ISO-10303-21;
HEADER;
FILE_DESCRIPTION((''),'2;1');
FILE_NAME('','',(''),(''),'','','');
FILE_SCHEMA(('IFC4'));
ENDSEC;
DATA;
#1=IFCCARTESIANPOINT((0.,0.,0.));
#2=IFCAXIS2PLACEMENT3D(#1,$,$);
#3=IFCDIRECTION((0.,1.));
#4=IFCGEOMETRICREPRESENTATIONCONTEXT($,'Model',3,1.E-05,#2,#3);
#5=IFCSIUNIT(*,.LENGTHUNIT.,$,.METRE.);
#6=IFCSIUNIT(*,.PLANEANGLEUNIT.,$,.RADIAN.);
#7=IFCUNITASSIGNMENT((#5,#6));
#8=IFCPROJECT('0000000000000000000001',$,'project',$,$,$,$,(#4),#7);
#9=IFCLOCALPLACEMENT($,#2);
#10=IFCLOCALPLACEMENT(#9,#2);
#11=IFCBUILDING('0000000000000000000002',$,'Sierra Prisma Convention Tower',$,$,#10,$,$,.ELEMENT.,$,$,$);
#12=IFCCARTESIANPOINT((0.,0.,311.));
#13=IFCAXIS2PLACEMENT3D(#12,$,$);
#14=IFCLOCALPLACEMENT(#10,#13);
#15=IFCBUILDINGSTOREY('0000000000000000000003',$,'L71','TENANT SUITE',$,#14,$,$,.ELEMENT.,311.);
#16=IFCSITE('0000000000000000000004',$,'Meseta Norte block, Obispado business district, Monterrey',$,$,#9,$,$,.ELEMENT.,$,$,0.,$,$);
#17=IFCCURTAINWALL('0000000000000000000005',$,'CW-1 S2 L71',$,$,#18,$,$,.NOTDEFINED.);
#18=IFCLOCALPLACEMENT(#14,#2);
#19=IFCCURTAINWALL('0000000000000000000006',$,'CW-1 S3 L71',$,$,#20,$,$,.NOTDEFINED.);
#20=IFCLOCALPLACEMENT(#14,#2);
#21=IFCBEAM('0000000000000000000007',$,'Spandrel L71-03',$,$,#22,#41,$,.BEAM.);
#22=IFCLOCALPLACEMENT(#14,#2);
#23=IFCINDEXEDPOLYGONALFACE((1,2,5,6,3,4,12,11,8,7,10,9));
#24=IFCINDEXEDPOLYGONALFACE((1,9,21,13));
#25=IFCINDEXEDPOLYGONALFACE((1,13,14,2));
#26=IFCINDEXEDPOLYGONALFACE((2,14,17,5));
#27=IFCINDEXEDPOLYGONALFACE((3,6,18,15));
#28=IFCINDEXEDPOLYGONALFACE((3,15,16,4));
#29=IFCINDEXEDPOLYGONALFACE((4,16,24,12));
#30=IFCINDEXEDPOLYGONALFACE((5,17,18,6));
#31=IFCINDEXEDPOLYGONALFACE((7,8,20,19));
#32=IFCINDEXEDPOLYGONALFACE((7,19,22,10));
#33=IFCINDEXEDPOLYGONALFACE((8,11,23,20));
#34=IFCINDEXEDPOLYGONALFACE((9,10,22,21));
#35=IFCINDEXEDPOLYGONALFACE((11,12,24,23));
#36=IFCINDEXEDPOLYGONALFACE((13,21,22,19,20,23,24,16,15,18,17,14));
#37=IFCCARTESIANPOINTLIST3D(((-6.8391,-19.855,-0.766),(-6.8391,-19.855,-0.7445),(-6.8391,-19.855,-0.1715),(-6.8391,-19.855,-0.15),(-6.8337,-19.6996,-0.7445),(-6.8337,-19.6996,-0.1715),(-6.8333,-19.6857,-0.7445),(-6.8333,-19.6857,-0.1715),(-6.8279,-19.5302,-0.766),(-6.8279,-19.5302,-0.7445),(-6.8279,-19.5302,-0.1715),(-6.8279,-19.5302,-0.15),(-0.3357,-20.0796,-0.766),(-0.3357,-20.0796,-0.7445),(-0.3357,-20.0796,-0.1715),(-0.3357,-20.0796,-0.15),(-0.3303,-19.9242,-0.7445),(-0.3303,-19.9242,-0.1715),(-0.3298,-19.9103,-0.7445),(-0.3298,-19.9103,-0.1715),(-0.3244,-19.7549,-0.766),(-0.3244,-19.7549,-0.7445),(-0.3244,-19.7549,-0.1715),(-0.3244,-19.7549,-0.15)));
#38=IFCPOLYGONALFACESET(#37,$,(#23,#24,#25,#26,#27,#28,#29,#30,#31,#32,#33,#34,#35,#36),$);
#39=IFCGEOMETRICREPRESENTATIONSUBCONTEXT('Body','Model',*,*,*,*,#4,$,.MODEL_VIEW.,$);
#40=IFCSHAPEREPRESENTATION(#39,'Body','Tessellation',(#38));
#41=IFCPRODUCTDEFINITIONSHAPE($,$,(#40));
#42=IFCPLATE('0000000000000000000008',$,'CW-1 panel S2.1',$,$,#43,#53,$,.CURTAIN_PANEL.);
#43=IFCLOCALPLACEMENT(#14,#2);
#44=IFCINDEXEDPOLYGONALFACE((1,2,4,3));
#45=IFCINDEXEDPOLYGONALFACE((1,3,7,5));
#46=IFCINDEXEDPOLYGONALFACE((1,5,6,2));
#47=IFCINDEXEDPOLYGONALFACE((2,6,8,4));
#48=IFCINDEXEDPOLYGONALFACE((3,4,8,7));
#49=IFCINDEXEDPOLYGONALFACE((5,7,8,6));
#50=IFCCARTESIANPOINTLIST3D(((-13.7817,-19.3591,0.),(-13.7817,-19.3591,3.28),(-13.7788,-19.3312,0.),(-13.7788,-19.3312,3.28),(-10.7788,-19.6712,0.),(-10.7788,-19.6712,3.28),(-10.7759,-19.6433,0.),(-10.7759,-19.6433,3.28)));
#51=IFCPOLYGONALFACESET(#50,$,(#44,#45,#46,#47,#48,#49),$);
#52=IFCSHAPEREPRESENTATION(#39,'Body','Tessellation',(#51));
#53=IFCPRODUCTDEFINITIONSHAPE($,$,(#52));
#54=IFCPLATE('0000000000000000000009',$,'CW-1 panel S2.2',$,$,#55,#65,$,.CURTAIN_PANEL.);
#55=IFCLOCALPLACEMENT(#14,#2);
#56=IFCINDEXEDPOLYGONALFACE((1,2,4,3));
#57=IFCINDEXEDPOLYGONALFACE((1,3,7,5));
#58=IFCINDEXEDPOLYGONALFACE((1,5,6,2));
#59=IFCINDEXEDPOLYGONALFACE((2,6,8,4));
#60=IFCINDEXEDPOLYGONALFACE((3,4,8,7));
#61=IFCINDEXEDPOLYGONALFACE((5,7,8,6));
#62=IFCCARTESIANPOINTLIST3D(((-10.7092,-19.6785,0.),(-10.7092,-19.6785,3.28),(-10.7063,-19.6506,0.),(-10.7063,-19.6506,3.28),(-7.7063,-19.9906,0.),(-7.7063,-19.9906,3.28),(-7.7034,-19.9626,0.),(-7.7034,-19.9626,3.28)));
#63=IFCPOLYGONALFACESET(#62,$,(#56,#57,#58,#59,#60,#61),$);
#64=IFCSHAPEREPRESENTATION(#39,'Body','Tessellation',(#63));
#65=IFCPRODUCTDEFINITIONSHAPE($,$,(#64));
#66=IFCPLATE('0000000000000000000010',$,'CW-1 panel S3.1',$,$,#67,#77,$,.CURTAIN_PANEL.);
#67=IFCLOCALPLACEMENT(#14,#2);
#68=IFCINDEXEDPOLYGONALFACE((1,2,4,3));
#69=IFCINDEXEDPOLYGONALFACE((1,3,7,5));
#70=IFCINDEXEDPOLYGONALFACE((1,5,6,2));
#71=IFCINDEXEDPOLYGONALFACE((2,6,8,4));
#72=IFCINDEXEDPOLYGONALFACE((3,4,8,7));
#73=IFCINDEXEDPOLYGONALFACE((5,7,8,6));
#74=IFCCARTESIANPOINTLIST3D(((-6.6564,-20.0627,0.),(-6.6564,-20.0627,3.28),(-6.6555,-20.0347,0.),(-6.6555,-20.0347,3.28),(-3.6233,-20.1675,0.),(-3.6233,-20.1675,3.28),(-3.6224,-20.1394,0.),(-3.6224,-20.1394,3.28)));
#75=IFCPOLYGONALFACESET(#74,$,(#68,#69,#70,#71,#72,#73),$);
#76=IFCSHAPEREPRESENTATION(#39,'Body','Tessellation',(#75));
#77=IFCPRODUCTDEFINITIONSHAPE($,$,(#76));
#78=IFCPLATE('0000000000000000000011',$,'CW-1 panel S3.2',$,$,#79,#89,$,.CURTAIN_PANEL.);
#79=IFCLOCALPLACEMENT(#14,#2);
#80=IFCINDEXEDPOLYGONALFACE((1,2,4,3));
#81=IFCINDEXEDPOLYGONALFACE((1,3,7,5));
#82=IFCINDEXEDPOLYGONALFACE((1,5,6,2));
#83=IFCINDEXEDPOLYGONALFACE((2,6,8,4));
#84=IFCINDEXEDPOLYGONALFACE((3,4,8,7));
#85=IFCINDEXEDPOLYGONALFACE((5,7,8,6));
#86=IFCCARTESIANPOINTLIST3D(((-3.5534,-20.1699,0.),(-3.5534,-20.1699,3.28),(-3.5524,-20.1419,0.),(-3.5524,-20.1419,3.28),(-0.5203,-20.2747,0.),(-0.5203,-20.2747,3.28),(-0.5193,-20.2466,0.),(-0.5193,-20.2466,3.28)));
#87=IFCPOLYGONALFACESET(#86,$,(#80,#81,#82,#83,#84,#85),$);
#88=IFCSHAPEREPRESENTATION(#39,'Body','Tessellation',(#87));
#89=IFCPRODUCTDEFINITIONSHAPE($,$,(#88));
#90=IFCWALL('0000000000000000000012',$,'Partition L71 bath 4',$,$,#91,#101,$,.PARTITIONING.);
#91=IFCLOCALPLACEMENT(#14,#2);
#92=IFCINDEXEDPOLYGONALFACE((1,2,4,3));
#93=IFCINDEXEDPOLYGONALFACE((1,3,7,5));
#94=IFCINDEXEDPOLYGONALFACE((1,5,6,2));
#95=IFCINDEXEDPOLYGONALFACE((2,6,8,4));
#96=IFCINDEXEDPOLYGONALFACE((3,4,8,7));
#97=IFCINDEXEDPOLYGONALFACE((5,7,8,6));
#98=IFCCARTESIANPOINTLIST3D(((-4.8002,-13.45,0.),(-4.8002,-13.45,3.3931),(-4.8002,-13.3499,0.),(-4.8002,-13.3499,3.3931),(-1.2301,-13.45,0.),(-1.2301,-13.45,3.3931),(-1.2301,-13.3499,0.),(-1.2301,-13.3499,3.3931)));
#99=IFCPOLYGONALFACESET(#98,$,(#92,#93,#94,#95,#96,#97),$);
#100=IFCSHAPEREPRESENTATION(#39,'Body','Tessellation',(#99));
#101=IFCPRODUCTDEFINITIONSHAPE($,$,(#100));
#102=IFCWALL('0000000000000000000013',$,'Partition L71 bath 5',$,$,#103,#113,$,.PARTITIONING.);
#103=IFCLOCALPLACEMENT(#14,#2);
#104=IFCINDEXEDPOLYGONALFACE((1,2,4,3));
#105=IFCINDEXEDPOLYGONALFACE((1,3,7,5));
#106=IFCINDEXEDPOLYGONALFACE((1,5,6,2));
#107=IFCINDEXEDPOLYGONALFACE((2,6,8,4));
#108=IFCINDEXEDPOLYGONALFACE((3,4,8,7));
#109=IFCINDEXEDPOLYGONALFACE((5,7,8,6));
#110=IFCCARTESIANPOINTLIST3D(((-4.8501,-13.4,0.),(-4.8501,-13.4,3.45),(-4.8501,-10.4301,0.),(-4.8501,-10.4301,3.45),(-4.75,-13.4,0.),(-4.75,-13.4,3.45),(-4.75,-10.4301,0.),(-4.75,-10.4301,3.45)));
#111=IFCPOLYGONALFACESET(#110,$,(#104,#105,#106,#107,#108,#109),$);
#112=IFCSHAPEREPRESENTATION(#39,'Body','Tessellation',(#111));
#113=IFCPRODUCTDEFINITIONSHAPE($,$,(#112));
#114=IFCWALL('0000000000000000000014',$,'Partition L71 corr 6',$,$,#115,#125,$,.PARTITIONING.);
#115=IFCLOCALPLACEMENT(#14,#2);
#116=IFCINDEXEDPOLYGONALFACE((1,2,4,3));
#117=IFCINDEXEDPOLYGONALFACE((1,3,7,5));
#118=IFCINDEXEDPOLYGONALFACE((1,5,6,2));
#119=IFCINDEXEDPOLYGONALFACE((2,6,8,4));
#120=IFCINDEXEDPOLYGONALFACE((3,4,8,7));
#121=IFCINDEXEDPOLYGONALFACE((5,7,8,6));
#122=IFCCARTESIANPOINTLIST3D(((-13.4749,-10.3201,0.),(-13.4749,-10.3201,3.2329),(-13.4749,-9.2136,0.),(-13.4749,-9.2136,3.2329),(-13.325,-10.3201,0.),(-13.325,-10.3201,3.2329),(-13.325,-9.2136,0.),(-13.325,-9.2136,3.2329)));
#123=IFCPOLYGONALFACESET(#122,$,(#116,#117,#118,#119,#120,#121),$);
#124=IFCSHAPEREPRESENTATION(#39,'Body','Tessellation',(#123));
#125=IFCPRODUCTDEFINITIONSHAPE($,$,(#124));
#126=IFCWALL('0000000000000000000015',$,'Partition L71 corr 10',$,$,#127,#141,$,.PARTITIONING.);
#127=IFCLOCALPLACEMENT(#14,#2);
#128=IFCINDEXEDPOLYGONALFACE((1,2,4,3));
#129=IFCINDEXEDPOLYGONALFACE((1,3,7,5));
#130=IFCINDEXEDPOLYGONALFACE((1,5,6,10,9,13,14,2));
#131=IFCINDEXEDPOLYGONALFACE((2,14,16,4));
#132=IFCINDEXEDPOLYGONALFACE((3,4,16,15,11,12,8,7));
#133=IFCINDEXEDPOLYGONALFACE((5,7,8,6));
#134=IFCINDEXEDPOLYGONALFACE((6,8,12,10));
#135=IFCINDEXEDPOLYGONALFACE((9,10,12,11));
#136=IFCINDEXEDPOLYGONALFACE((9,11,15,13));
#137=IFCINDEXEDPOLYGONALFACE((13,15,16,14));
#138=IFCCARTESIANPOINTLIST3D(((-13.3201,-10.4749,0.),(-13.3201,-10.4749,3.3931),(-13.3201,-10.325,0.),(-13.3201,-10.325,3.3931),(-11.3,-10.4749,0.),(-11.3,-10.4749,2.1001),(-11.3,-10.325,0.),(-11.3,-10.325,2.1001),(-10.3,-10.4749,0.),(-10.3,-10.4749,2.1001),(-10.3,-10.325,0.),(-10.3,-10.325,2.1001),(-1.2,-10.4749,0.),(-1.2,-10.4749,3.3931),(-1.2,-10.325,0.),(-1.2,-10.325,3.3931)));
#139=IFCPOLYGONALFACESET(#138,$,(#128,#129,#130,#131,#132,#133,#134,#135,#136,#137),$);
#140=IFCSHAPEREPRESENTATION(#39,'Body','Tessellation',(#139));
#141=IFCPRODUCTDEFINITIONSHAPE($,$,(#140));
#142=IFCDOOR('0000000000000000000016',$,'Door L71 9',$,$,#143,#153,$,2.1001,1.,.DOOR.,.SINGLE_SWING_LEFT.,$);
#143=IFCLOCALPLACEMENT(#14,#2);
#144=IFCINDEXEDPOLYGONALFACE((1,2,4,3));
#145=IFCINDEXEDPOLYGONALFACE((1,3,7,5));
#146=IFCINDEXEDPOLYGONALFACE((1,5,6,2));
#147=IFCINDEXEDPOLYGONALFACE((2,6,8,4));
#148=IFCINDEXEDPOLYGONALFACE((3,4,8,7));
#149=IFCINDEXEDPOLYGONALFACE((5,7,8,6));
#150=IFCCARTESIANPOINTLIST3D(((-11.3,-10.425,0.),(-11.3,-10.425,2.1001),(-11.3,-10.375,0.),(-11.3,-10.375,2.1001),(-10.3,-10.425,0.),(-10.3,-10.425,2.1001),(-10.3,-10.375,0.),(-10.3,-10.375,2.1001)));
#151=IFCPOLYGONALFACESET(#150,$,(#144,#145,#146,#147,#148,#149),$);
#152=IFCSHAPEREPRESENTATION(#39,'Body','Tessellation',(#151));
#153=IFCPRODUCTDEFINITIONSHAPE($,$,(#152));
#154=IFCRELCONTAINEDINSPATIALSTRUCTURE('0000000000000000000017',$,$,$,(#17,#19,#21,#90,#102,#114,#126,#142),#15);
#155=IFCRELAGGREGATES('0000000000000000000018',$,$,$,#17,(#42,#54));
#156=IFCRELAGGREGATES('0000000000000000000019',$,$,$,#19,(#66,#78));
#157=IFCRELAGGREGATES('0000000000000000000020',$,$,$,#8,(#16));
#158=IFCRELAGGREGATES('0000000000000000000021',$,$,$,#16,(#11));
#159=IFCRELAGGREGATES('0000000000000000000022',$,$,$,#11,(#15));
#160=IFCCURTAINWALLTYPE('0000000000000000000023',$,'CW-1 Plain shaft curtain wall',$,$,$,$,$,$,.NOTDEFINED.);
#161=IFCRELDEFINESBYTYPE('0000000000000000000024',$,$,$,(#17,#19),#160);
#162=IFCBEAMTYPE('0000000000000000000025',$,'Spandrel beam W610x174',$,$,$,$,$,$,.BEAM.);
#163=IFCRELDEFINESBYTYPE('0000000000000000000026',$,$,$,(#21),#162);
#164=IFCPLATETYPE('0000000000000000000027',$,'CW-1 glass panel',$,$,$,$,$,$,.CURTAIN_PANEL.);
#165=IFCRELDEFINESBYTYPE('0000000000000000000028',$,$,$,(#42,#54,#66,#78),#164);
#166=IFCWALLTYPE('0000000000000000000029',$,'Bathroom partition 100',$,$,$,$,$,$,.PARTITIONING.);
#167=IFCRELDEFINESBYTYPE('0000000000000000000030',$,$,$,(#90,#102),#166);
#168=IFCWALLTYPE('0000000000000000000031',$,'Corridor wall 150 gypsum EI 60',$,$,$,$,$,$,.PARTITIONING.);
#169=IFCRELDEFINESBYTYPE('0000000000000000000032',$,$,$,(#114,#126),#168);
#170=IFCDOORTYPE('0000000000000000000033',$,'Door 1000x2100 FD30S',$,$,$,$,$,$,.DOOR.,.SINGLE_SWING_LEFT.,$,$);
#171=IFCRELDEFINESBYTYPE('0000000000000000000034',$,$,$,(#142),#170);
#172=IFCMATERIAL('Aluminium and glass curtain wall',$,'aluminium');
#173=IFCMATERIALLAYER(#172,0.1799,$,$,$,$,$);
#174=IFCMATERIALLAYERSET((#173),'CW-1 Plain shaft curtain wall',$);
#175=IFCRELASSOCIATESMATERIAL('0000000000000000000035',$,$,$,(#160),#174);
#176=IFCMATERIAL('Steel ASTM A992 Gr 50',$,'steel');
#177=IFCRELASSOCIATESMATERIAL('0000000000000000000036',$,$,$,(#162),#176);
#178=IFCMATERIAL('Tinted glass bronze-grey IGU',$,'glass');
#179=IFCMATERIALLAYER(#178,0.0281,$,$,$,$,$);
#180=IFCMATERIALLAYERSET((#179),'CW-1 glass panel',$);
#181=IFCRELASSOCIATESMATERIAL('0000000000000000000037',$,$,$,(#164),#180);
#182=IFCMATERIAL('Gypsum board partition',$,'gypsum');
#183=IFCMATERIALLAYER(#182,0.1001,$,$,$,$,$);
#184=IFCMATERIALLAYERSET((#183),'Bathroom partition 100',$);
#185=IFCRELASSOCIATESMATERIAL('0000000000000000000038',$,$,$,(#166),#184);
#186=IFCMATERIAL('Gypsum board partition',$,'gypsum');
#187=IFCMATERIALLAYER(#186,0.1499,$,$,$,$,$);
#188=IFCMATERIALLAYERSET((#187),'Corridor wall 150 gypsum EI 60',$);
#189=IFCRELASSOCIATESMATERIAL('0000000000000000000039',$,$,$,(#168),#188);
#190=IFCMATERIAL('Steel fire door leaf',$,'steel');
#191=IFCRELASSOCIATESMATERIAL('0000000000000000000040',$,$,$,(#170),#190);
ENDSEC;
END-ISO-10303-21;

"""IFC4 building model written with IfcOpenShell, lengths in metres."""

from ifc_helpers import new_model, si_unit, direction, frame, frame_2d, origin, origin_2d, place, context, subcontext, project, spatial, rectangle, i_section, extrude, material, layer, layer_set, material_profile, profile_set, type_object, element, fill, aggregate, save


model = new_model("IFC4")

# Units and contexts
model_context = context("Model", 3, precision=1e-05, world=origin(), true_north=direction((0.0, 1.0)))
body_context = subcontext(model_context, "Body", "Model", "MODEL_VIEW")
ifc_project = project(units=[si_unit("LENGTHUNIT", "METRE"), si_unit("PLANEANGLEUNIT", "RADIAN")], contexts=[model_context])

# Site, building, storey
site_placement = place(None, origin())
site = spatial("IfcSite", under=ifc_project, at=site_placement, Name="Meseta Norte block, Obispado business district, Monterrey", CompositionType="ELEMENT", RefElevation=0.0)
building_placement = place(site_placement, origin())
building = spatial("IfcBuilding", under=site, at=building_placement, Name="Sierra Prisma Convention Tower", CompositionType="ELEMENT")
storey_placement = place(building_placement, frame((0.0, 0.0, 311.0)))
storey = spatial("IfcBuildingStorey", under=building, at=storey_placement, Name="L71", Description="TENANT SUITE", CompositionType="ELEMENT", Elevation=311.0)

# Curtain wall
ifc_material_1 = material(Name="Aluminium and glass curtain wall", Category="aluminium")
ifc_layer_1 = layer(ifc_material_1, 0.1799)
ifc_layer_set_1 = layer_set([ifc_layer_1], Name="CW-1 Plain shaft curtain wall")
curtain_wall_type = type_object("IfcCurtainWallType", Name="CW-1 Plain shaft curtain wall", PredefinedType="NOTDEFINED", material=ifc_layer_set_1)
curtain_wall_1_placement = place(storey_placement, origin())
curtain_wall_1 = element("IfcCurtainWall", 1, at=curtain_wall_1_placement, inside=storey, type_object=curtain_wall_type, Name="CW-1 S2 L71", PredefinedType="NOTDEFINED")

# Curtain wall
curtain_wall_2_placement = place(storey_placement, origin())
curtain_wall_2 = element("IfcCurtainWall", 2, at=curtain_wall_2_placement, inside=storey, type_object=curtain_wall_type, Name="CW-1 S3 L71", PredefinedType="NOTDEFINED")

# Beam
ifc_material_2 = material(Name="Steel ASTM A992 Gr 50", Category="steel")
ifc_material_profile_1 = material_profile(ifc_material_2, i_section(OverallWidth=0.325, OverallDepth=0.616, WebThickness=0.0139, FlangeThickness=0.0215, at=origin_2d()), Name="W610x174")
ifc_profile_set_1 = profile_set([ifc_material_profile_1], Name="Steel ASTM A992 Gr 50")
beam_type_1 = type_object("IfcBeamType", Name="Spandrel beam W610x174", PredefinedType="BEAM", material=ifc_profile_set_1)
beam_1_placement = place(storey_placement, frame((-6.8335, -19.6926, -0.458), z_axis=(0.999404, -0.034517, 0.0), x_axis=(0.034517, 0.999404, 0.0)))
element("IfcBeam", 3, at=beam_1_placement, inside=storey, type_object=beam_type_1, Name="Spandrel L71-03", PredefinedType="BEAM", context=body_context, shape_type="SweptSolid", body=[
    extrude(i_section(OverallWidth=0.325, OverallDepth=0.616, WebThickness=0.0139, FlangeThickness=0.0215, at=origin_2d()), origin(), (0.0, 0.0, 1.0), 6.5073),
])

# Plates
ifc_material_3 = material(Name="Tinted glass bronze-grey IGU", Category="glass")
ifc_layer_2 = layer(ifc_material_3, 0.0281)
ifc_layer_set_2 = layer_set([ifc_layer_2], Name="CW-1 glass panel")
plate_type = type_object("IfcPlateType", Name="CW-1 glass panel", PredefinedType="CURTAIN_PANEL", material=ifc_layer_set_2)
plate_1_placement = place(storey_placement, frame((-12.2788, -19.5012, 0.0), z_axis=(0.0, 0.0, 1.0), x_axis=(0.994643, -0.103368, 0.0)))
plate_1 = element("IfcPlate", 4, at=plate_1_placement, type_object=plate_type, Name="CW-1 panel S2.1", PredefinedType="CURTAIN_PANEL", context=body_context, shape_type="SweptSolid", body=[
    extrude(rectangle(XDim=3.019, YDim=0.0281, at=origin_2d()), origin(), (0.0, 0.0, 1.0), 3.28),
])
plate_2_placement = place(storey_placement, frame((-9.2063, -19.8206, 0.0), z_axis=(0.0, 0.0, 1.0), x_axis=(0.994643, -0.103368, 0.0)))
plate_2 = element("IfcPlate", 5, at=plate_2_placement, type_object=plate_type, Name="CW-1 panel S2.2", PredefinedType="CURTAIN_PANEL", context=body_context, shape_type="SweptSolid", body=[
    extrude(rectangle(XDim=3.019, YDim=0.0281, at=origin_2d()), origin(), (0.0, 0.0, 1.0), 3.28),
])
aggregate(curtain_wall_1, [plate_1, plate_2])
plate_3_placement = place(storey_placement, frame((-5.1394, -20.1011, 0.0), z_axis=(0.0, 0.0, 1.0), x_axis=(0.999404, -0.034511, 0.0)))
plate_3 = element("IfcPlate", 6, at=plate_3_placement, type_object=plate_type, Name="CW-1 panel S3.1", PredefinedType="CURTAIN_PANEL", context=body_context, shape_type="SweptSolid", body=[
    extrude(rectangle(XDim=3.0349, YDim=0.0281, at=origin_2d()), origin(), (0.0, 0.0, 1.0), 3.28),
])
plate_4_placement = place(storey_placement, frame((-2.0364, -20.2083, 0.0), z_axis=(0.0, 0.0, 1.0), x_axis=(0.999404, -0.034511, 0.0)))
plate_4 = element("IfcPlate", 7, at=plate_4_placement, type_object=plate_type, Name="CW-1 panel S3.2", PredefinedType="CURTAIN_PANEL", context=body_context, shape_type="SweptSolid", body=[
    extrude(rectangle(XDim=3.0349, YDim=0.0281, at=origin_2d()), origin(), (0.0, 0.0, 1.0), 3.28),
])
aggregate(curtain_wall_2, [plate_3, plate_4])

# Walls
ifc_material_4 = material(Name="Gypsum board partition", Category="gypsum")
ifc_layer_3 = layer(ifc_material_4, 0.1001)
ifc_layer_set_3 = layer_set([ifc_layer_3], Name="Bathroom partition 100")
wall_type_1 = type_object("IfcWallType", Name="Bathroom partition 100", PredefinedType="PARTITIONING", material=ifc_layer_set_3)
wall_1_placement = place(storey_placement, frame((-1.23, -13.3999, 0.0), z_axis=(0.0, 0.0, 1.0), x_axis=(-1.0, 0.0, 0.0)))
element("IfcWall", 8, at=wall_1_placement, inside=storey, type_object=wall_type_1, Name="Partition L71 bath 4", PredefinedType="PARTITIONING", context=body_context, shape_type="SweptSolid", body=[
    extrude(rectangle(XDim=3.5701, YDim=0.1001, at=frame_2d((1.7852, 0.0))), origin(), (0.0, 0.0, 1.0), 3.3931),
])
wall_2_placement = place(storey_placement, frame((-4.8, -13.3999, 0.0), z_axis=(0.0, 0.0, 1.0), x_axis=(0.0, 1.0, 0.0)))
element("IfcWall", 9, at=wall_2_placement, inside=storey, type_object=wall_type_1, Name="Partition L71 bath 5", PredefinedType="PARTITIONING", context=body_context, shape_type="SweptSolid", body=[
    extrude(rectangle(XDim=2.97, YDim=0.1001, at=frame_2d((1.4849, 0.0))), origin(), (0.0, 0.0, 1.0), 3.45),
])
ifc_material_5 = material(Name="Gypsum board partition", Category="gypsum")
ifc_layer_4 = layer(ifc_material_5, 0.1499)
ifc_layer_set_4 = layer_set([ifc_layer_4], Name="Corridor wall 150 gypsum EI 60")
wall_type_2 = type_object("IfcWallType", Name="Corridor wall 150 gypsum EI 60", PredefinedType="PARTITIONING", material=ifc_layer_set_4)
wall_3_placement = place(storey_placement, frame((-13.3999, -9.2136, 0.0), z_axis=(0.0, 0.0, 1.0), x_axis=(0.0, -1.0, 0.0)))
element("IfcWall", 10, at=wall_3_placement, inside=storey, type_object=wall_type_2, Name="Partition L71 corr 6", PredefinedType="PARTITIONING", context=body_context, shape_type="SweptSolid", body=[
    extrude(rectangle(XDim=1.1064, YDim=0.1499, at=frame_2d((0.5532, 0.0))), origin(), (0.0, 0.0, 1.0), 3.2329),
])

# Wall, opening, door
wall_4_placement = place(storey_placement, frame((-13.3201, -10.3999, 0.0), z_axis=(0.0, 0.0, 1.0), x_axis=(1.0, 0.0, 0.0)))
wall_4 = element("IfcWall", 11, at=wall_4_placement, inside=storey, type_object=wall_type_2, Name="Partition L71 corr 10", PredefinedType="PARTITIONING", context=body_context, shape_type="SweptSolid", body=[
    extrude(rectangle(XDim=12.1201, YDim=0.1499, at=frame_2d((6.0601, 0.0))), origin(), (0.0, 0.0, 1.0), 3.3931),
])
opening_1_placement = place(wall_4_placement, frame((2.02, 0.0, 0.0)))
opening_1 = element("IfcOpeningElement", 12, at=opening_1_placement, cuts=wall_4, PredefinedType="OPENING", context=body_context, shape_type="SweptSolid", body=[
    extrude(rectangle(XDim=1.0, YDim=2.1001, at=frame_2d((0.5, 1.05))), frame((0.0, 0.075, 0.0), z_axis=(0.0, -1.0, 0.0), x_axis=(1.0, 0.0, 0.0)), (0.0, 0.0, 1.0), 0.1499),
])
ifc_material_6 = material(Name="Steel fire door leaf", Category="steel")
door_type_1 = type_object("IfcDoorType", Name="Door 1000x2100 FD30S", OperationType="SINGLE_SWING_LEFT", PredefinedType="DOOR", material=ifc_material_6)
door_1_placement = place(opening_1_placement, origin())
door_1 = element("IfcDoor", 13, at=door_1_placement, inside=storey, type_object=door_type_1, Name="Door L71 9", OperationType="SINGLE_SWING_LEFT", OverallHeight=2.1001, OverallWidth=1.0, PredefinedType="DOOR", context=body_context, shape_type="SweptSolid", body=[
    extrude(rectangle(XDim=1.0, YDim=2.1001, at=frame_2d((0.5, 1.05))), frame((0.0, 0.0249, 0.0), z_axis=(0.0, -1.0, 0.0), x_axis=(1.0, 0.0, 0.0)), (0.0, 0.0, 1.0), 0.05),
])
fill(opening_1, door_1)

save(model, "model.ifc")
